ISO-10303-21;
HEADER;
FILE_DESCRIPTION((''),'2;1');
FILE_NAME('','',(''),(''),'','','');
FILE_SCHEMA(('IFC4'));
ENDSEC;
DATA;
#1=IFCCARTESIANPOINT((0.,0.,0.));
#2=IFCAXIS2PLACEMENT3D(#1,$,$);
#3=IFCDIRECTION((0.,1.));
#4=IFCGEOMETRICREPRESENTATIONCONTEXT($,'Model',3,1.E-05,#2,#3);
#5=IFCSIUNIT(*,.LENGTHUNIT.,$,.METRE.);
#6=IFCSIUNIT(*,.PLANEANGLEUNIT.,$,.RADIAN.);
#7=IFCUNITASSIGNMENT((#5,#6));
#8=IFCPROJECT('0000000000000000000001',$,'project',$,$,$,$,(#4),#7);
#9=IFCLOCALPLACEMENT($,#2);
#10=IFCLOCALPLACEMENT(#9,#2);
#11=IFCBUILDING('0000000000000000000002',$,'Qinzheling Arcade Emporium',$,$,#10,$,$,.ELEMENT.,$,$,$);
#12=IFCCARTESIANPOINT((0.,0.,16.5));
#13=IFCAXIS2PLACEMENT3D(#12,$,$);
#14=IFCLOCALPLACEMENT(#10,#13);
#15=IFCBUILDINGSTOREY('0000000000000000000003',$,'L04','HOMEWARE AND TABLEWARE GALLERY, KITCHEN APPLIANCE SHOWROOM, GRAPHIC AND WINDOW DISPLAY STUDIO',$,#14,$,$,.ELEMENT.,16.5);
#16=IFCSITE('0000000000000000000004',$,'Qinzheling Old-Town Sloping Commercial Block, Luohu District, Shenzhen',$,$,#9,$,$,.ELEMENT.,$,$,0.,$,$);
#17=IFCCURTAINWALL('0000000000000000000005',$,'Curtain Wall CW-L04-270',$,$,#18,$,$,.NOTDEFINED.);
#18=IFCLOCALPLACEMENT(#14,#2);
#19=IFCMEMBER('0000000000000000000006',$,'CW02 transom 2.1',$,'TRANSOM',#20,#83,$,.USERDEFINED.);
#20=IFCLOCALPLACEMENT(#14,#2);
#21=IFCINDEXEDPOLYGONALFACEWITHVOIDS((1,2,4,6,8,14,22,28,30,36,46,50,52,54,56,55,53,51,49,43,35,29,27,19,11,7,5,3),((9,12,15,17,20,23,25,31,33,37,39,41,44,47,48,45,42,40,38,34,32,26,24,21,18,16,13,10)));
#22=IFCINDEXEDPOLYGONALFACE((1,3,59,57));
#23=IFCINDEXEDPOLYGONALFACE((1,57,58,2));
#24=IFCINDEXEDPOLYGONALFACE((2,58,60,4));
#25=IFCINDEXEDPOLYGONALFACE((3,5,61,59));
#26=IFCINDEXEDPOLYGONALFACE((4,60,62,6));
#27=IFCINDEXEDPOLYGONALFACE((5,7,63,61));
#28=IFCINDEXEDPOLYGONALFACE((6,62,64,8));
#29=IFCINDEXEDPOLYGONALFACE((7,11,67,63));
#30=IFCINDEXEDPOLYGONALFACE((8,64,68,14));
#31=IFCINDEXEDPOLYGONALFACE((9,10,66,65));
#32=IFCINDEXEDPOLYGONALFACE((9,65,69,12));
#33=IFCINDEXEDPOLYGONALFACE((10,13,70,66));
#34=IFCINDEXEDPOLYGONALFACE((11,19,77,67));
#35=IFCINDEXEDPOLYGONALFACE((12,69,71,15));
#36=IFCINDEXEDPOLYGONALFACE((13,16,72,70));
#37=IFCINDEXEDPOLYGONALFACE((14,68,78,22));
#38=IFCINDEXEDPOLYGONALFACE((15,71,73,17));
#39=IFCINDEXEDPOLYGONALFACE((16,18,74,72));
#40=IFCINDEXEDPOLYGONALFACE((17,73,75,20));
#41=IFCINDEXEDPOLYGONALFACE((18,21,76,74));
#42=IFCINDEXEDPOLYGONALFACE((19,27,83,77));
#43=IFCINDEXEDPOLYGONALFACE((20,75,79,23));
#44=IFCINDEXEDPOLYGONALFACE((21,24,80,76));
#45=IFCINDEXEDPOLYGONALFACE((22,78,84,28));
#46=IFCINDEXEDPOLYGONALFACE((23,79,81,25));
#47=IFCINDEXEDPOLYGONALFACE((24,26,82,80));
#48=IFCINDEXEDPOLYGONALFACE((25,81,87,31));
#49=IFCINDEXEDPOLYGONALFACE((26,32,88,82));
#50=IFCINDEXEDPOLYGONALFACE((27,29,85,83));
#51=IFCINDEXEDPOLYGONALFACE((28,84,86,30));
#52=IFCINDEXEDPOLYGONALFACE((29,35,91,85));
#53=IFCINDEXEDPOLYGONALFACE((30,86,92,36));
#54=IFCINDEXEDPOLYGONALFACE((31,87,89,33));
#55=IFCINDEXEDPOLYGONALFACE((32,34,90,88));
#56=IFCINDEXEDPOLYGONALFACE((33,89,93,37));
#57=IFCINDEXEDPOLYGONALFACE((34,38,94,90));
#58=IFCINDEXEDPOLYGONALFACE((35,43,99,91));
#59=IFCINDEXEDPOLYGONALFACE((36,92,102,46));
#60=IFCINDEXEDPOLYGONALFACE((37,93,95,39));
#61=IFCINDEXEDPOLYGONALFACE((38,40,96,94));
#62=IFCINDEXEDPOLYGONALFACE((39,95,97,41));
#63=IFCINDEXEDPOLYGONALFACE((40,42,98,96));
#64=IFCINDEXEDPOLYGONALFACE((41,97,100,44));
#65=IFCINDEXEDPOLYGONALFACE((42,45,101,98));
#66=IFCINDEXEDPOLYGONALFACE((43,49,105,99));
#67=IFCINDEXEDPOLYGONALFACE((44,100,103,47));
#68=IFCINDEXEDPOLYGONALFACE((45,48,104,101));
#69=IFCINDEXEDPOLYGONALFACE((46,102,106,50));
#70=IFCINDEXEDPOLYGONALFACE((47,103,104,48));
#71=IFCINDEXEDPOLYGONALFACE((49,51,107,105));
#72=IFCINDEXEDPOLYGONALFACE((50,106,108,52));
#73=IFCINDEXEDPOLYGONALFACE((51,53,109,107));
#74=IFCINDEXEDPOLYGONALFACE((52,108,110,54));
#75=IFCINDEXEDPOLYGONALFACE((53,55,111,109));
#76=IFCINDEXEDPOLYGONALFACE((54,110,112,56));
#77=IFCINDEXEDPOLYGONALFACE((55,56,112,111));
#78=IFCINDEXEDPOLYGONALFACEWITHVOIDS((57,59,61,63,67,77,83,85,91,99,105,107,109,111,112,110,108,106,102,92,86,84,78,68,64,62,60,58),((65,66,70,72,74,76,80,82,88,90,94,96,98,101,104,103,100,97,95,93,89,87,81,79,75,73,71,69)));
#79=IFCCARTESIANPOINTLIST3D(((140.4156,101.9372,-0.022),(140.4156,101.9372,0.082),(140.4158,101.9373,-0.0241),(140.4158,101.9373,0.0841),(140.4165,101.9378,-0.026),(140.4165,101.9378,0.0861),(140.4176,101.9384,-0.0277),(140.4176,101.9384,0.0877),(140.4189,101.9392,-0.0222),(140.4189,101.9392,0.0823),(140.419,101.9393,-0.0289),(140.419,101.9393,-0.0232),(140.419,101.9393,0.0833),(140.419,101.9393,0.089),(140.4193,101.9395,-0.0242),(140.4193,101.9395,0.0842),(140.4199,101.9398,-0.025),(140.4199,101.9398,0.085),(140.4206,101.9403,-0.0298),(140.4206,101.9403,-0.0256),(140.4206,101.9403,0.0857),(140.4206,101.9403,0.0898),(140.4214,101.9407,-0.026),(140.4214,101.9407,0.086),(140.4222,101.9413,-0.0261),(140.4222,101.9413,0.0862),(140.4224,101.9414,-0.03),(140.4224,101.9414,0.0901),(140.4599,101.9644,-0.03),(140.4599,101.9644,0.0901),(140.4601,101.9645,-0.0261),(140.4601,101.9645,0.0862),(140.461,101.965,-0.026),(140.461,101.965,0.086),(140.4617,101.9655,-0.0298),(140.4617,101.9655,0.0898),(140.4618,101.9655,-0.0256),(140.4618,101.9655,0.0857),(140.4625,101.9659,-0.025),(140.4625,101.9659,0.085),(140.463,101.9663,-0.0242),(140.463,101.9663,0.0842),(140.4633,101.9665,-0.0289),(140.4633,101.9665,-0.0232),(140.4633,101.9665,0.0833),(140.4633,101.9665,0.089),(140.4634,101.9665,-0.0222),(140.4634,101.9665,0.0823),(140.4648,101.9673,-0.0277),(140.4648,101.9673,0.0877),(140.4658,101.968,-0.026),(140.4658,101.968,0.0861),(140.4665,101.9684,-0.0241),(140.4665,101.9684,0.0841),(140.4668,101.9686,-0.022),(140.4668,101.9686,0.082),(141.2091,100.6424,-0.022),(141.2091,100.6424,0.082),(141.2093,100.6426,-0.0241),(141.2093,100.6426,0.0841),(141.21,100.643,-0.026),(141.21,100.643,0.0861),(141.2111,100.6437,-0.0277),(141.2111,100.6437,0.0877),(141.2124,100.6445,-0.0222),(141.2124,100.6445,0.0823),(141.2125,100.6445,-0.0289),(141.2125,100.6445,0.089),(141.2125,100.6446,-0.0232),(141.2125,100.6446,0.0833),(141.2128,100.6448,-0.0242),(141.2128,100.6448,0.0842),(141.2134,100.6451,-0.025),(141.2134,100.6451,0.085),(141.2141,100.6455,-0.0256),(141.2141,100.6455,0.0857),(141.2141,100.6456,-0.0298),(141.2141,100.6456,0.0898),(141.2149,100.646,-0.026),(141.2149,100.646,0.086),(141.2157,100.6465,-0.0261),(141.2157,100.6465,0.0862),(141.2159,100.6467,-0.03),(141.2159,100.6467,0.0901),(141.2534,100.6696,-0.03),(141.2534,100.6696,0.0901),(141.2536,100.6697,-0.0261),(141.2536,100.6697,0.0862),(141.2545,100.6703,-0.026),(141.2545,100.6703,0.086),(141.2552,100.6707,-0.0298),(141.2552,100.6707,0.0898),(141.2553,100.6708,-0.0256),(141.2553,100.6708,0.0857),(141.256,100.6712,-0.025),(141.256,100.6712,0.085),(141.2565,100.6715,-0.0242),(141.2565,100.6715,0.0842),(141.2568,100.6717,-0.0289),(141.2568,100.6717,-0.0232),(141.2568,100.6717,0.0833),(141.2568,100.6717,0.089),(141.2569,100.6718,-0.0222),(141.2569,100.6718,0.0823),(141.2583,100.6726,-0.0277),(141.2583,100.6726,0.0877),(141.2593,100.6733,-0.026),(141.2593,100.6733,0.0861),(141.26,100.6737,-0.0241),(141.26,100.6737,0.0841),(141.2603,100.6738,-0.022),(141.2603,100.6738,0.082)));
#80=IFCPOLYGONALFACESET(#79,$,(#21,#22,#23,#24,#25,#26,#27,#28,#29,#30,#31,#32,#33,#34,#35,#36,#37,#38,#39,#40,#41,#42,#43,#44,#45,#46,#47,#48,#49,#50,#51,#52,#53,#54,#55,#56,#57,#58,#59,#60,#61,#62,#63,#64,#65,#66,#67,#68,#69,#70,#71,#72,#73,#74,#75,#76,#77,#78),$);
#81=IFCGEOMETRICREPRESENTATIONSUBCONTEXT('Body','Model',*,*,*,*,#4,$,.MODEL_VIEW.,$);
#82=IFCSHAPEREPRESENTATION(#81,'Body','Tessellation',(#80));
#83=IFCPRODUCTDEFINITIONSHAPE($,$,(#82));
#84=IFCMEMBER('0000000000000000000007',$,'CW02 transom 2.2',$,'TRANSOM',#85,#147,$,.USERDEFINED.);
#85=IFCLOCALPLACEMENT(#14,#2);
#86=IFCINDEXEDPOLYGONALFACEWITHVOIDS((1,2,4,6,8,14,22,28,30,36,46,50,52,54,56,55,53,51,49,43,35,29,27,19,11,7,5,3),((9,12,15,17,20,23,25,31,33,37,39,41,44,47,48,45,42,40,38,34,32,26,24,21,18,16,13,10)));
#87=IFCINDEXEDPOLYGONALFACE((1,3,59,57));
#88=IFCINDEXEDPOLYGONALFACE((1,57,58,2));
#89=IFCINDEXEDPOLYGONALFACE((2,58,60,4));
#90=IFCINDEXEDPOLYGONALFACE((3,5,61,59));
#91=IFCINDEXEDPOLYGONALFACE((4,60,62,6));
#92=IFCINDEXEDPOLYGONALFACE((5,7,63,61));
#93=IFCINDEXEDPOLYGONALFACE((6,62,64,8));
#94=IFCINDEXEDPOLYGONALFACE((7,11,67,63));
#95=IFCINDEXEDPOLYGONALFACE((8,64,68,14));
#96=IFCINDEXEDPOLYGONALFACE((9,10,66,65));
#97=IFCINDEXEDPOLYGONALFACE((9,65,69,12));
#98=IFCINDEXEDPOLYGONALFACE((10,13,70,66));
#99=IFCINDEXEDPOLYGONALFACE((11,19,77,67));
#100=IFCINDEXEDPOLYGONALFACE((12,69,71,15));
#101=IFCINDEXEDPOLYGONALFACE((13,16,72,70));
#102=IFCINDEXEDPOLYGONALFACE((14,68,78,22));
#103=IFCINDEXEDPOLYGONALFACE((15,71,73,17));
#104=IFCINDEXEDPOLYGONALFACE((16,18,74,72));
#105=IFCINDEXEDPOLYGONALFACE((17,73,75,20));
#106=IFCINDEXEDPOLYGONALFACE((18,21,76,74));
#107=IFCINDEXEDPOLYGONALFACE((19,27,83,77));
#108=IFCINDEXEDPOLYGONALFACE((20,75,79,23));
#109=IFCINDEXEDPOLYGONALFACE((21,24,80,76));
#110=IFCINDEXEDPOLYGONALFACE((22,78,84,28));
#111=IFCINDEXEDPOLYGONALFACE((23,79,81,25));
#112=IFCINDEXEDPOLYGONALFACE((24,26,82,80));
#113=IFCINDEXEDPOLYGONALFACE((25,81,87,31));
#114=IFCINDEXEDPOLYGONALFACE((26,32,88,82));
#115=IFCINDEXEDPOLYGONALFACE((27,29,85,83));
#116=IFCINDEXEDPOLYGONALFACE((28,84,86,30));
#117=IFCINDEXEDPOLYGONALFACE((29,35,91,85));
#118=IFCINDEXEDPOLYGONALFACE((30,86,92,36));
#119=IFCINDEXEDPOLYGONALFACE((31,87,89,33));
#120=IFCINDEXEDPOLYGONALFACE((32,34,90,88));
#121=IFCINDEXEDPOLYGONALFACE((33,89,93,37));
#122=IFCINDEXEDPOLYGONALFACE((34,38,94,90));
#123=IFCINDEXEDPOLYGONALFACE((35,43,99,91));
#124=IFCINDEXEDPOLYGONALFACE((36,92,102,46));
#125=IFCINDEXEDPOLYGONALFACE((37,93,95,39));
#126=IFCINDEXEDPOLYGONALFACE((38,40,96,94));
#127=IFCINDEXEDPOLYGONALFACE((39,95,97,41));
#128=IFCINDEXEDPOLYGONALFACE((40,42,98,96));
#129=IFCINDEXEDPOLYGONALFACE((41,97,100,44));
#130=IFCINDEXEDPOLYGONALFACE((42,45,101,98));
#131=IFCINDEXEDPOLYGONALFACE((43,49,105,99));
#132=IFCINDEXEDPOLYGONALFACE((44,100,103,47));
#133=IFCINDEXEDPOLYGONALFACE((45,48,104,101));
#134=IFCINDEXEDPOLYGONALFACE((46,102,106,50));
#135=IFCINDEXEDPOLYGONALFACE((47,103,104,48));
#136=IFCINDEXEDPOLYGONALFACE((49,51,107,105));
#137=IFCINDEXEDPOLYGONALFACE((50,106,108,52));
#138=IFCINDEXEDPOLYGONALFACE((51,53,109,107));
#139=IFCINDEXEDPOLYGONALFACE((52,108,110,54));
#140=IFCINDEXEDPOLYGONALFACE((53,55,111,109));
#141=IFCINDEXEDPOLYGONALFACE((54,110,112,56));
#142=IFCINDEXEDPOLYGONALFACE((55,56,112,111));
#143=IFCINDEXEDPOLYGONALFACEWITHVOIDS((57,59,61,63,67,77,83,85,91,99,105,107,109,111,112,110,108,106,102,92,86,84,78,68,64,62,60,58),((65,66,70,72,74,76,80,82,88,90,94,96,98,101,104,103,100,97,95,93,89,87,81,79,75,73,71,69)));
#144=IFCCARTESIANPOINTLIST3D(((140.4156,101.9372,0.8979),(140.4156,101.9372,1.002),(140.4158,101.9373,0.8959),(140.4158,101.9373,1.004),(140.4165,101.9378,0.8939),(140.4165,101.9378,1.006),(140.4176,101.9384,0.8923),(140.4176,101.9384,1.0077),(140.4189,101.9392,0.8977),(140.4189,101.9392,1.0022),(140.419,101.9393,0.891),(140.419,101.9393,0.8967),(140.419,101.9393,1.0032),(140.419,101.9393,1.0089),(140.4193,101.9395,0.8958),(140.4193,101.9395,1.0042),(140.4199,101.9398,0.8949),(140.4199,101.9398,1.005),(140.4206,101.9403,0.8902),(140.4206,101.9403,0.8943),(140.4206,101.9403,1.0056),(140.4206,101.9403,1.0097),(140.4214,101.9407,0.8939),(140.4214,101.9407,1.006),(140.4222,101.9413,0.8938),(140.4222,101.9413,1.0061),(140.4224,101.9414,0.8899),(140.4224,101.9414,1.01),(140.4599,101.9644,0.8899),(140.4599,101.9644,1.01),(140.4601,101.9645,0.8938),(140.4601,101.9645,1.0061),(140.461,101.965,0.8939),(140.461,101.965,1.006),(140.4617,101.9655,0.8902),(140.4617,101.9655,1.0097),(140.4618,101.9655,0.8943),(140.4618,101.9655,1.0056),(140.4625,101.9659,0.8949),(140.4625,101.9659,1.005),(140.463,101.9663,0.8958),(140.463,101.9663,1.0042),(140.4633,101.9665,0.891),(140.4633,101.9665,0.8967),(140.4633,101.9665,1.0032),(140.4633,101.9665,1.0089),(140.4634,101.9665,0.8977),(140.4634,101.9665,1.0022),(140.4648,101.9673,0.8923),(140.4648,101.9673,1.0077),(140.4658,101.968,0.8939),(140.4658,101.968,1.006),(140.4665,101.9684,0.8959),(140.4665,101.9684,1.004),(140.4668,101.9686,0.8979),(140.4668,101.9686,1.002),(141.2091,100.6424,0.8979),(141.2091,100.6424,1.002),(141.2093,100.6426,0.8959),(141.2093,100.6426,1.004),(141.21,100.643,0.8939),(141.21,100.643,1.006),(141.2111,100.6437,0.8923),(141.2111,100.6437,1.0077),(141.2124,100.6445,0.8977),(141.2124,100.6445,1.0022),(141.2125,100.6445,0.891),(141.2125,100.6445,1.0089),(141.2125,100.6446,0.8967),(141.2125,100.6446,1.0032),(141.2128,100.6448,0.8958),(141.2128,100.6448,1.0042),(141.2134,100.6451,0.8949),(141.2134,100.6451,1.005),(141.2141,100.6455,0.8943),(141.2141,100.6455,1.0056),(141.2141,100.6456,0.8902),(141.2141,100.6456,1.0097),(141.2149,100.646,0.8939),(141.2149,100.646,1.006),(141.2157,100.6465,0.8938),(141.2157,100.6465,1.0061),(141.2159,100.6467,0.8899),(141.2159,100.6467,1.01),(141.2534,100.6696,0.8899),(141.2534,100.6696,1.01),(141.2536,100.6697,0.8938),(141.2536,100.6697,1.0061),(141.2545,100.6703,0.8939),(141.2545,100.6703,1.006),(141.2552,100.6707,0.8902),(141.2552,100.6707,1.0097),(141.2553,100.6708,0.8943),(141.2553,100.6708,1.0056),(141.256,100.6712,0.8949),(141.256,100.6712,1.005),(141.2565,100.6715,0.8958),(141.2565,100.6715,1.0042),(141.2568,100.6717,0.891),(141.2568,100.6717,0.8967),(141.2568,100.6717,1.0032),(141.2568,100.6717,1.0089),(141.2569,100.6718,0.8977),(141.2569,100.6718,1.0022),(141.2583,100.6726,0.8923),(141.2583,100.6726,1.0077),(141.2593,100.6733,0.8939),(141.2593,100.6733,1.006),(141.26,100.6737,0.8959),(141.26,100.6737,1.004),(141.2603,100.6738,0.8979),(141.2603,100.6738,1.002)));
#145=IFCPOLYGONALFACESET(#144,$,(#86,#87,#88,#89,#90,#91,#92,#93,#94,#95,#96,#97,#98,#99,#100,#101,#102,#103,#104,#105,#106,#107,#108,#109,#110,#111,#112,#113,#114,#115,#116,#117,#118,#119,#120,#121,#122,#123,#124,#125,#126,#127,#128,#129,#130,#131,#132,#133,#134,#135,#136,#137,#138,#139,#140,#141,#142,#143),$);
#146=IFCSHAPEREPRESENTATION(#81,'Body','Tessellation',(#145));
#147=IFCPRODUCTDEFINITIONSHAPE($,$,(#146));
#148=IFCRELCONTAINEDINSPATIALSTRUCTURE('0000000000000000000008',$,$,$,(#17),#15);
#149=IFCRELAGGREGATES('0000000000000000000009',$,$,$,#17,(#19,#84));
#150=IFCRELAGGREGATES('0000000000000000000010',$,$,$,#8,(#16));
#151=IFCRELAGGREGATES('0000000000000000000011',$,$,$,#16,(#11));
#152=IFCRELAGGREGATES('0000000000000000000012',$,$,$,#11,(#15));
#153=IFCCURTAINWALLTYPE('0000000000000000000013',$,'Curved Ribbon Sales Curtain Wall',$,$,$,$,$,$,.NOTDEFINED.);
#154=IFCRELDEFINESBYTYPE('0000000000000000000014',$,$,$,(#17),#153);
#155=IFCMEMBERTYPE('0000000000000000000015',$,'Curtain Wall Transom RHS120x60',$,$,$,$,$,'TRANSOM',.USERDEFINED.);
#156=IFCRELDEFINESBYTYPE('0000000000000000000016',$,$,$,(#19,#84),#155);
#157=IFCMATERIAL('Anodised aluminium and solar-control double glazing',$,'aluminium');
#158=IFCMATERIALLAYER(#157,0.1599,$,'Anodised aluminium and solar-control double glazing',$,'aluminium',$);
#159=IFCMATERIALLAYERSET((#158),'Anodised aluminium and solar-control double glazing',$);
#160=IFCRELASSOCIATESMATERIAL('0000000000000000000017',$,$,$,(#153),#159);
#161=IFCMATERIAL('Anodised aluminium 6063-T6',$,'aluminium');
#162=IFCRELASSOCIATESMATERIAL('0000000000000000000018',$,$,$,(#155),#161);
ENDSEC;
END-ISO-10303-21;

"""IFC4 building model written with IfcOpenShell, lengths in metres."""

from ifc_helpers import new_model, si_unit, direction, frame, origin, origin_2d, place, context, subcontext, project, spatial, hollow_rectangle, extrude, material, layer, layer_set, material_profile, profile_set, type_object, element, aggregate, save


model = new_model("IFC4")

# Units and contexts
model_context = context("Model", 3, precision=1e-05, world=origin(), true_north=direction((0.0, 1.0)))
body_context = subcontext(model_context, "Body", "Model", "MODEL_VIEW")
ifc_project = project(units=[si_unit("LENGTHUNIT", "METRE"), si_unit("PLANEANGLEUNIT", "RADIAN")], contexts=[model_context])

# Site, building, storey
site_placement = place(None, origin())
site = spatial("IfcSite", under=ifc_project, at=site_placement, Name="Qinzheling Old-Town Sloping Commercial Block, Luohu District, Shenzhen", CompositionType="ELEMENT", RefElevation=0.0)
building_placement = place(site_placement, origin())
building = spatial("IfcBuilding", under=site, at=building_placement, Name="Qinzheling Arcade Emporium", CompositionType="ELEMENT")
storey_placement = place(building_placement, frame((0.0, 0.0, 16.5)))
storey = spatial("IfcBuildingStorey", under=building, at=storey_placement, Name="L04", Description="HOMEWARE AND TABLEWARE GALLERY, KITCHEN APPLIANCE SHOWROOM, GRAPHIC AND WINDOW DISPLAY STUDIO", CompositionType="ELEMENT", Elevation=16.5)

# Curtain wall
ifc_material_1 = material(Name="Anodised aluminium and solar-control double glazing", Category="aluminium")
ifc_layer_1 = layer(ifc_material_1, 0.1599, Name="Anodised aluminium and solar-control double glazing", Category="aluminium")
ifc_layer_set_1 = layer_set([ifc_layer_1], Name="Anodised aluminium and solar-control double glazing")
curtain_wall_type = type_object("IfcCurtainWallType", Name="Curved Ribbon Sales Curtain Wall", PredefinedType="NOTDEFINED", material=ifc_layer_set_1)
curtain_wall_1_placement = place(storey_placement, origin())
curtain_wall_1 = element("IfcCurtainWall", 1, at=curtain_wall_1_placement, inside=storey, type_object=curtain_wall_type, Name="Curtain Wall CW-L04-270", PredefinedType="NOTDEFINED")
ifc_material_2 = material(Name="Anodised aluminium 6063-T6", Category="aluminium")

# Members
ifc_material_profile_1 = material_profile(ifc_material_2, hollow_rectangle(XDim=0.0601, YDim=0.1201, WallThickness=0.0039, InnerFilletRadius=0.0039, OuterFilletRadius=0.0081, at=origin_2d()), Name="RHS 120x60x4", Category="aluminium")
ifc_profile_set_1 = profile_set([ifc_material_profile_1], Name="Anodised aluminium 6063-T6")
member_type_1 = type_object("IfcMemberType", Name="Curtain Wall Transom RHS120x60", ElementType="TRANSOM", PredefinedType="USERDEFINED", material=ifc_profile_set_1)
member_1_placement = place(storey_placement, frame((140.4412, 101.9529, 0.03), z_axis=(0.522536, -0.852617, 0.0), x_axis=(0.852617, 0.522536, 0.0)))
member_1 = element("IfcMember", 2, at=member_1_placement, type_object=member_type_1, Name="CW02 transom 2.1", ObjectType="TRANSOM", PredefinedType="USERDEFINED", context=body_context, shape_type="SweptSolid", body=[
    extrude(hollow_rectangle(XDim=0.0601, YDim=0.1201, WallThickness=0.0039, InnerFilletRadius=0.0039, OuterFilletRadius=0.0081, at=origin_2d()), origin(), (0.0, 0.0, 1.0), 1.5186),
])
member_2_placement = place(storey_placement, frame((140.4412, 101.9529, 0.95), z_axis=(0.522536, -0.852617, 0.0), x_axis=(0.852617, 0.522536, 0.0)))
member_2 = element("IfcMember", 3, at=member_2_placement, type_object=member_type_1, Name="CW02 transom 2.2", ObjectType="TRANSOM", PredefinedType="USERDEFINED", context=body_context, shape_type="SweptSolid", body=[
    extrude(hollow_rectangle(XDim=0.0601, YDim=0.1201, WallThickness=0.0039, InnerFilletRadius=0.0039, OuterFilletRadius=0.0081, at=origin_2d()), origin(), (0.0, 0.0, 1.0), 1.5186),
])

aggregate(curtain_wall_1, [member_1, member_2])

save(model, "model.ifc")
